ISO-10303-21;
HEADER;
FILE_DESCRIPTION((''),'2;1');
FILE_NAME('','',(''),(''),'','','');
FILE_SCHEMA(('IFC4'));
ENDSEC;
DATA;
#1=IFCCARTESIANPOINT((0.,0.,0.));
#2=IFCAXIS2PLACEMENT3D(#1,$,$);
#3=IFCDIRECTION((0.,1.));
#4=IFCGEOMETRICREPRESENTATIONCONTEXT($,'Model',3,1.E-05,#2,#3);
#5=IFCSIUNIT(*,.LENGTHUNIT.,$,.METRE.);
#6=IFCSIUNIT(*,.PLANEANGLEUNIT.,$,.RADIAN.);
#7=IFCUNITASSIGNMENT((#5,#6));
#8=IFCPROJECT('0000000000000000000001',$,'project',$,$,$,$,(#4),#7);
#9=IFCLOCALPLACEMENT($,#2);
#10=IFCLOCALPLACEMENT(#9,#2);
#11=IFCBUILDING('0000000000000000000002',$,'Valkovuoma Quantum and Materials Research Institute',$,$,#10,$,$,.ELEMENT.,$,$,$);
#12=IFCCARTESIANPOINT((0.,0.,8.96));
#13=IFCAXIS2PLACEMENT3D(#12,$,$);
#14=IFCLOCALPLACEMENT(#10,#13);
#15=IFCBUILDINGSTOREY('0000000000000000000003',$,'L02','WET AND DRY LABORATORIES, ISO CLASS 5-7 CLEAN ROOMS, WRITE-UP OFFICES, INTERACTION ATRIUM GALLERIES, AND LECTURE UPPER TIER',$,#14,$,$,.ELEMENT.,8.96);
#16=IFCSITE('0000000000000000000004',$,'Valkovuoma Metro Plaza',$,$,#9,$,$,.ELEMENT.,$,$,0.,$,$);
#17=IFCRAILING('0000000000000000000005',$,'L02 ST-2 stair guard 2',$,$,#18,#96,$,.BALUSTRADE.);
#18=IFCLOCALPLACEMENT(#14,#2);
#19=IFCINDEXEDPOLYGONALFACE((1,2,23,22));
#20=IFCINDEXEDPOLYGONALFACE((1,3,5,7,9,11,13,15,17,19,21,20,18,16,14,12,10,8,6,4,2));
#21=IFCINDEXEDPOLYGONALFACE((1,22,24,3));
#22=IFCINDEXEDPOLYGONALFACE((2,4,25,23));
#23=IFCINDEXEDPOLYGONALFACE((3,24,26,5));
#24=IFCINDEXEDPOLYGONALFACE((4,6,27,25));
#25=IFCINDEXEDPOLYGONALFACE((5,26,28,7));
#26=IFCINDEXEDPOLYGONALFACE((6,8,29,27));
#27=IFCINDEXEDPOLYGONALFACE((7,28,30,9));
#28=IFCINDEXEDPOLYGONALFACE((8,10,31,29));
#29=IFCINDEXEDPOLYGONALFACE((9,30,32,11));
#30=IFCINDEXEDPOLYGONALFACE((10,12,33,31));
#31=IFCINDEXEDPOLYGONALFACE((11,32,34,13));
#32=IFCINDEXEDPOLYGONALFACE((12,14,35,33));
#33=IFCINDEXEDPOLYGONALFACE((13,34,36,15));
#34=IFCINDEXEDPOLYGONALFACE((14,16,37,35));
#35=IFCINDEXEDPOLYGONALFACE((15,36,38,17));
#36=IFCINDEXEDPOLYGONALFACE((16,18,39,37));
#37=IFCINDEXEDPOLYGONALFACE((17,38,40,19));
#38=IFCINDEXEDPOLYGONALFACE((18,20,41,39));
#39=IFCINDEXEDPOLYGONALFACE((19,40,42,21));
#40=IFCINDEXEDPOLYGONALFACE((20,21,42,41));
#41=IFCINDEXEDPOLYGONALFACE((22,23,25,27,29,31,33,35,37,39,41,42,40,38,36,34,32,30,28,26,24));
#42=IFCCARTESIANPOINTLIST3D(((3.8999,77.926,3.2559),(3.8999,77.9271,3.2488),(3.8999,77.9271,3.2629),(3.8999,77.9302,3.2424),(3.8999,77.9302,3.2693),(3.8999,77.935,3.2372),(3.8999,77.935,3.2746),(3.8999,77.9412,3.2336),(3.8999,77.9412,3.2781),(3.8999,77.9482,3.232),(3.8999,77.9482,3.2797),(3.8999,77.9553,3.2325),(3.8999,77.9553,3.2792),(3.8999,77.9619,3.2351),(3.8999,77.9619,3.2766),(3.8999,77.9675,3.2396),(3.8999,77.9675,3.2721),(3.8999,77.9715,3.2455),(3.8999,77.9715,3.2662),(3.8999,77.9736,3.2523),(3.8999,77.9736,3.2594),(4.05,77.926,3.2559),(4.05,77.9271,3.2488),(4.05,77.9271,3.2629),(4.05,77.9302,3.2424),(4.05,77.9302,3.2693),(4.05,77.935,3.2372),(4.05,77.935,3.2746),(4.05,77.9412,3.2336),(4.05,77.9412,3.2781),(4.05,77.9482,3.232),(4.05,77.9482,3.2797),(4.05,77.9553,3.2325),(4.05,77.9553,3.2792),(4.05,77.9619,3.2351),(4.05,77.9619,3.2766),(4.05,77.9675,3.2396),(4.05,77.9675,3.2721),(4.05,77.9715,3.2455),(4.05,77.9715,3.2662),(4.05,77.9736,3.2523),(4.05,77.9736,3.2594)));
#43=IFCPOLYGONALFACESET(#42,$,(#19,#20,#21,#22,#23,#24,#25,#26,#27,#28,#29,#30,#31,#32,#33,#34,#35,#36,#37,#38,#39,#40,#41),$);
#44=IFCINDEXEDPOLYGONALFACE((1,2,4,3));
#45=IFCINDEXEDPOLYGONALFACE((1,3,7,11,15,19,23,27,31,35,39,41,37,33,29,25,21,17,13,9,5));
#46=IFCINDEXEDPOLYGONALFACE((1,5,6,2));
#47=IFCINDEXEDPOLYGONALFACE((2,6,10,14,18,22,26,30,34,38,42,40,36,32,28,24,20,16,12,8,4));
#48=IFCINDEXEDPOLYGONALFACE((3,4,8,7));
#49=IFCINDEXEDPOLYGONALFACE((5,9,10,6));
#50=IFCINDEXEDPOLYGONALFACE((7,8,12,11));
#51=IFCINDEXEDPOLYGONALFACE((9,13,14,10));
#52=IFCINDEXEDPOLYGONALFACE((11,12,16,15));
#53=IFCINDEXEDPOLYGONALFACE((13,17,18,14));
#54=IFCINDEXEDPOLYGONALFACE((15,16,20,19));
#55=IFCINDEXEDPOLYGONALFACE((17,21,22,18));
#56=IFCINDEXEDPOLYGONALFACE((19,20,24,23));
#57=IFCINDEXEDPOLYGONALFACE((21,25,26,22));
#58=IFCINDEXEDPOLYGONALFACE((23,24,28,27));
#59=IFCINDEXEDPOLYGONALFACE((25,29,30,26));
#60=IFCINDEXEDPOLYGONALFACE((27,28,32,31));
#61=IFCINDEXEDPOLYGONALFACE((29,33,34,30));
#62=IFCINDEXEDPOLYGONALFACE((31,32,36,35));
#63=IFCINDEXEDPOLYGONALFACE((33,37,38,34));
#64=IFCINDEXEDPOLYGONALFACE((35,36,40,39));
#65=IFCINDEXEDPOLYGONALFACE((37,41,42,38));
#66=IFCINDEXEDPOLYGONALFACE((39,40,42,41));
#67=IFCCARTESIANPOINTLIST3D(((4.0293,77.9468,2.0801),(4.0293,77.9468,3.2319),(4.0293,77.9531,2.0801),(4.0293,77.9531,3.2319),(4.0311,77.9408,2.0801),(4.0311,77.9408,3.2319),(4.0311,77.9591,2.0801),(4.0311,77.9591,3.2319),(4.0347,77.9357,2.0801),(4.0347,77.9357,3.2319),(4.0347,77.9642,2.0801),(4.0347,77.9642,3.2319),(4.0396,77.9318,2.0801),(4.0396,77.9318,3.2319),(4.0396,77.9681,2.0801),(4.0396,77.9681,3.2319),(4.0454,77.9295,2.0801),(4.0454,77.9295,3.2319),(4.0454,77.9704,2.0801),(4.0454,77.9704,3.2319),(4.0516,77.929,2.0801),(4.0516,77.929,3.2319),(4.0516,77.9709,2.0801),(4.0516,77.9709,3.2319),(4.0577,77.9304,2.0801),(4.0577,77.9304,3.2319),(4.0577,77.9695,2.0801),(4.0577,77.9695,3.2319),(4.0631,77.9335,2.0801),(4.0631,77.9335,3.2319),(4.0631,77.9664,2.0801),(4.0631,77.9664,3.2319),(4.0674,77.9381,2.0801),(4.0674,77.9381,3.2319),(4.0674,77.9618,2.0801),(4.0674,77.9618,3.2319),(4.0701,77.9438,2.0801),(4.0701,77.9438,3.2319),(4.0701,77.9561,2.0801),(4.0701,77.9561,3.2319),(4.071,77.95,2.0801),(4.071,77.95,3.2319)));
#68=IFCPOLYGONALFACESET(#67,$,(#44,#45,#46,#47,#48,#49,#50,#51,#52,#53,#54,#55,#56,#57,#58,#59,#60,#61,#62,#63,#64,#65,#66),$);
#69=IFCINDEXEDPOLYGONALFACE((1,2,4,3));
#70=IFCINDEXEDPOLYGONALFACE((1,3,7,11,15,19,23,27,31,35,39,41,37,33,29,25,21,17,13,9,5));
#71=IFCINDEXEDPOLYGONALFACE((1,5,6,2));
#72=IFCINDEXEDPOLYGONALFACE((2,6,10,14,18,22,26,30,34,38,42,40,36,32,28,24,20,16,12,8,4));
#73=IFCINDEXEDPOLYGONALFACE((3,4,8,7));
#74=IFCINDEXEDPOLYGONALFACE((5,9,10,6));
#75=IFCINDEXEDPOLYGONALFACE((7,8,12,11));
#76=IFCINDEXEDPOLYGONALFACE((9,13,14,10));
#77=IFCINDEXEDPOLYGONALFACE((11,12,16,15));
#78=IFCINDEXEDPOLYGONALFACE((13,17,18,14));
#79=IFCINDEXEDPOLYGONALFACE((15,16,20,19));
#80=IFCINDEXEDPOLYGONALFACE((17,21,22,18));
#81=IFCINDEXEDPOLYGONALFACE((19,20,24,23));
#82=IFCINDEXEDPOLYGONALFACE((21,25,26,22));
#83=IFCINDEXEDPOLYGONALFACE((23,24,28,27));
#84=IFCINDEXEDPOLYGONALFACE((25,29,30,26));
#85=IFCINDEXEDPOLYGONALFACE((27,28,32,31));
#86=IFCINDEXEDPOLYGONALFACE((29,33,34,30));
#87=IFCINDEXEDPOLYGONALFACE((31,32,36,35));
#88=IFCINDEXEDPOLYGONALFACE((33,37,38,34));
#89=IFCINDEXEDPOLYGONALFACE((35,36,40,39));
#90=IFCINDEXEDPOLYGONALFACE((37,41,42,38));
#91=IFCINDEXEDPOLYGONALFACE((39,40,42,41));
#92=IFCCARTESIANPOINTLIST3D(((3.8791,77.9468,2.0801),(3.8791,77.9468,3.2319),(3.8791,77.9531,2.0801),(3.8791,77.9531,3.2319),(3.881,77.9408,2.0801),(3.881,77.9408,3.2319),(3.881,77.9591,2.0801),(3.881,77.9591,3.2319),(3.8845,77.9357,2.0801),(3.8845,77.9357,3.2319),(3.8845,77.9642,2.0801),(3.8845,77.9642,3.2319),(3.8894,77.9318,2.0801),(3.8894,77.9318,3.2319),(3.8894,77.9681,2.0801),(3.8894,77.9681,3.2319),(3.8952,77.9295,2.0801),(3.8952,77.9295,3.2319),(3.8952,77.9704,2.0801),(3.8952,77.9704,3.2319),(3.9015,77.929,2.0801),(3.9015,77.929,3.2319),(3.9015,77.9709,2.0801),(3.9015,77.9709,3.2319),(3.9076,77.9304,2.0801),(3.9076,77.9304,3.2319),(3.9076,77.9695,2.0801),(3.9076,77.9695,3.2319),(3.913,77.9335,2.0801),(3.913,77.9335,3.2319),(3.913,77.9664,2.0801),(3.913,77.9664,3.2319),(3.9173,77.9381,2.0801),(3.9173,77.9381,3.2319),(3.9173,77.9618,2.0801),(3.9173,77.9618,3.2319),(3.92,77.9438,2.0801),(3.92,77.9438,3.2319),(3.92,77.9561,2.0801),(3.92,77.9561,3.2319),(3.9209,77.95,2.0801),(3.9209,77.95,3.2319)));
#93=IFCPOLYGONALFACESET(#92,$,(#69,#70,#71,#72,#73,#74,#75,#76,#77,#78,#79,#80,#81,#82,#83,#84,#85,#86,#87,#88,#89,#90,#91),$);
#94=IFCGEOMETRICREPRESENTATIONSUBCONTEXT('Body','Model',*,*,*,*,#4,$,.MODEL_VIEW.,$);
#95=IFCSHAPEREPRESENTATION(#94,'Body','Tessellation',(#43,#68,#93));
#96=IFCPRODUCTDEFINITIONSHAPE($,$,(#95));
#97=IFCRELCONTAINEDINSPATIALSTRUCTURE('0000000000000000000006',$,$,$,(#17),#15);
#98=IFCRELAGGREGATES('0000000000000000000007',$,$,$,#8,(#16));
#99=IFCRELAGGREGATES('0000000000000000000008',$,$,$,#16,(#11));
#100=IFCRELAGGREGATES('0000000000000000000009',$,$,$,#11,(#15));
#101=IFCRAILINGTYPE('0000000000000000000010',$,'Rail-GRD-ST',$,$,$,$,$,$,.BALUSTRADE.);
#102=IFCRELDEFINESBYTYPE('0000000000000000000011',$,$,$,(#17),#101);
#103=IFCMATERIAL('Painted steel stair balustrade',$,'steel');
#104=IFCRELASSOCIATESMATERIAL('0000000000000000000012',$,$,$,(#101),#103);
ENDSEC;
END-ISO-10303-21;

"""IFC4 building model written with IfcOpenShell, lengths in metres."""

from ifc_helpers import new_model, si_unit, direction, frame, origin, origin_2d, place, context, subcontext, project, spatial, circle, extrude, material, type_object, element, save


model = new_model("IFC4")

# Units and contexts
model_context = context("Model", 3, precision=1e-05, world=origin(), true_north=direction((0.0, 1.0)))
body_context = subcontext(model_context, "Body", "Model", "MODEL_VIEW")
ifc_project = project(units=[si_unit("LENGTHUNIT", "METRE"), si_unit("PLANEANGLEUNIT", "RADIAN")], contexts=[model_context])

# Site, building, storey
site_placement = place(None, origin())
site = spatial("IfcSite", under=ifc_project, at=site_placement, Name="Valkovuoma Metro Plaza", CompositionType="ELEMENT", RefElevation=0.0)
building_placement = place(site_placement, origin())
building = spatial("IfcBuilding", under=site, at=building_placement, Name="Valkovuoma Quantum and Materials Research Institute", CompositionType="ELEMENT")
storey_placement = place(building_placement, frame((0.0, 0.0, 8.96)))
storey = spatial("IfcBuildingStorey", under=building, at=storey_placement, Name="L02", Description="WET AND DRY LABORATORIES, ISO CLASS 5-7 CLEAN ROOMS, WRITE-UP OFFICES, INTERACTION ATRIUM GALLERIES, AND LECTURE UPPER TIER", CompositionType="ELEMENT", Elevation=8.96)

# Railing
ifc_material_1 = material(Name="Painted steel stair balustrade", Category="steel")
railing_type_1 = type_object("IfcRailingType", Name="Rail-GRD-ST", PredefinedType="BALUSTRADE", material=ifc_material_1)
railing_1_placement = place(storey_placement, frame((4.05, 77.95, 2.0801)))
element("IfcRailing", 1, at=railing_1_placement, inside=storey, type_object=railing_type_1, Name="L02 ST-2 stair guard 2", PredefinedType="BALUSTRADE", context=body_context, shape_type="SweptSolid", body=[
    extrude(circle(Radius=0.0239, at=origin_2d()), frame((0.0, 0.0, 1.1758), z_axis=(-1.0, 0.0, 0.0), x_axis=(0.0, -1.0, 0.0)), (0.0, 0.0, 1.0), 0.1501),
    extrude(circle(Radius=0.021, at=origin_2d()), origin(), (0.0, 0.0, 1.0), 1.1519),
    extrude(circle(Radius=0.021, at=origin_2d()), frame((-0.1501, 0.0, 0.0)), (0.0, 0.0, 1.0), 1.1519),
])

save(model, "model.ifc")
